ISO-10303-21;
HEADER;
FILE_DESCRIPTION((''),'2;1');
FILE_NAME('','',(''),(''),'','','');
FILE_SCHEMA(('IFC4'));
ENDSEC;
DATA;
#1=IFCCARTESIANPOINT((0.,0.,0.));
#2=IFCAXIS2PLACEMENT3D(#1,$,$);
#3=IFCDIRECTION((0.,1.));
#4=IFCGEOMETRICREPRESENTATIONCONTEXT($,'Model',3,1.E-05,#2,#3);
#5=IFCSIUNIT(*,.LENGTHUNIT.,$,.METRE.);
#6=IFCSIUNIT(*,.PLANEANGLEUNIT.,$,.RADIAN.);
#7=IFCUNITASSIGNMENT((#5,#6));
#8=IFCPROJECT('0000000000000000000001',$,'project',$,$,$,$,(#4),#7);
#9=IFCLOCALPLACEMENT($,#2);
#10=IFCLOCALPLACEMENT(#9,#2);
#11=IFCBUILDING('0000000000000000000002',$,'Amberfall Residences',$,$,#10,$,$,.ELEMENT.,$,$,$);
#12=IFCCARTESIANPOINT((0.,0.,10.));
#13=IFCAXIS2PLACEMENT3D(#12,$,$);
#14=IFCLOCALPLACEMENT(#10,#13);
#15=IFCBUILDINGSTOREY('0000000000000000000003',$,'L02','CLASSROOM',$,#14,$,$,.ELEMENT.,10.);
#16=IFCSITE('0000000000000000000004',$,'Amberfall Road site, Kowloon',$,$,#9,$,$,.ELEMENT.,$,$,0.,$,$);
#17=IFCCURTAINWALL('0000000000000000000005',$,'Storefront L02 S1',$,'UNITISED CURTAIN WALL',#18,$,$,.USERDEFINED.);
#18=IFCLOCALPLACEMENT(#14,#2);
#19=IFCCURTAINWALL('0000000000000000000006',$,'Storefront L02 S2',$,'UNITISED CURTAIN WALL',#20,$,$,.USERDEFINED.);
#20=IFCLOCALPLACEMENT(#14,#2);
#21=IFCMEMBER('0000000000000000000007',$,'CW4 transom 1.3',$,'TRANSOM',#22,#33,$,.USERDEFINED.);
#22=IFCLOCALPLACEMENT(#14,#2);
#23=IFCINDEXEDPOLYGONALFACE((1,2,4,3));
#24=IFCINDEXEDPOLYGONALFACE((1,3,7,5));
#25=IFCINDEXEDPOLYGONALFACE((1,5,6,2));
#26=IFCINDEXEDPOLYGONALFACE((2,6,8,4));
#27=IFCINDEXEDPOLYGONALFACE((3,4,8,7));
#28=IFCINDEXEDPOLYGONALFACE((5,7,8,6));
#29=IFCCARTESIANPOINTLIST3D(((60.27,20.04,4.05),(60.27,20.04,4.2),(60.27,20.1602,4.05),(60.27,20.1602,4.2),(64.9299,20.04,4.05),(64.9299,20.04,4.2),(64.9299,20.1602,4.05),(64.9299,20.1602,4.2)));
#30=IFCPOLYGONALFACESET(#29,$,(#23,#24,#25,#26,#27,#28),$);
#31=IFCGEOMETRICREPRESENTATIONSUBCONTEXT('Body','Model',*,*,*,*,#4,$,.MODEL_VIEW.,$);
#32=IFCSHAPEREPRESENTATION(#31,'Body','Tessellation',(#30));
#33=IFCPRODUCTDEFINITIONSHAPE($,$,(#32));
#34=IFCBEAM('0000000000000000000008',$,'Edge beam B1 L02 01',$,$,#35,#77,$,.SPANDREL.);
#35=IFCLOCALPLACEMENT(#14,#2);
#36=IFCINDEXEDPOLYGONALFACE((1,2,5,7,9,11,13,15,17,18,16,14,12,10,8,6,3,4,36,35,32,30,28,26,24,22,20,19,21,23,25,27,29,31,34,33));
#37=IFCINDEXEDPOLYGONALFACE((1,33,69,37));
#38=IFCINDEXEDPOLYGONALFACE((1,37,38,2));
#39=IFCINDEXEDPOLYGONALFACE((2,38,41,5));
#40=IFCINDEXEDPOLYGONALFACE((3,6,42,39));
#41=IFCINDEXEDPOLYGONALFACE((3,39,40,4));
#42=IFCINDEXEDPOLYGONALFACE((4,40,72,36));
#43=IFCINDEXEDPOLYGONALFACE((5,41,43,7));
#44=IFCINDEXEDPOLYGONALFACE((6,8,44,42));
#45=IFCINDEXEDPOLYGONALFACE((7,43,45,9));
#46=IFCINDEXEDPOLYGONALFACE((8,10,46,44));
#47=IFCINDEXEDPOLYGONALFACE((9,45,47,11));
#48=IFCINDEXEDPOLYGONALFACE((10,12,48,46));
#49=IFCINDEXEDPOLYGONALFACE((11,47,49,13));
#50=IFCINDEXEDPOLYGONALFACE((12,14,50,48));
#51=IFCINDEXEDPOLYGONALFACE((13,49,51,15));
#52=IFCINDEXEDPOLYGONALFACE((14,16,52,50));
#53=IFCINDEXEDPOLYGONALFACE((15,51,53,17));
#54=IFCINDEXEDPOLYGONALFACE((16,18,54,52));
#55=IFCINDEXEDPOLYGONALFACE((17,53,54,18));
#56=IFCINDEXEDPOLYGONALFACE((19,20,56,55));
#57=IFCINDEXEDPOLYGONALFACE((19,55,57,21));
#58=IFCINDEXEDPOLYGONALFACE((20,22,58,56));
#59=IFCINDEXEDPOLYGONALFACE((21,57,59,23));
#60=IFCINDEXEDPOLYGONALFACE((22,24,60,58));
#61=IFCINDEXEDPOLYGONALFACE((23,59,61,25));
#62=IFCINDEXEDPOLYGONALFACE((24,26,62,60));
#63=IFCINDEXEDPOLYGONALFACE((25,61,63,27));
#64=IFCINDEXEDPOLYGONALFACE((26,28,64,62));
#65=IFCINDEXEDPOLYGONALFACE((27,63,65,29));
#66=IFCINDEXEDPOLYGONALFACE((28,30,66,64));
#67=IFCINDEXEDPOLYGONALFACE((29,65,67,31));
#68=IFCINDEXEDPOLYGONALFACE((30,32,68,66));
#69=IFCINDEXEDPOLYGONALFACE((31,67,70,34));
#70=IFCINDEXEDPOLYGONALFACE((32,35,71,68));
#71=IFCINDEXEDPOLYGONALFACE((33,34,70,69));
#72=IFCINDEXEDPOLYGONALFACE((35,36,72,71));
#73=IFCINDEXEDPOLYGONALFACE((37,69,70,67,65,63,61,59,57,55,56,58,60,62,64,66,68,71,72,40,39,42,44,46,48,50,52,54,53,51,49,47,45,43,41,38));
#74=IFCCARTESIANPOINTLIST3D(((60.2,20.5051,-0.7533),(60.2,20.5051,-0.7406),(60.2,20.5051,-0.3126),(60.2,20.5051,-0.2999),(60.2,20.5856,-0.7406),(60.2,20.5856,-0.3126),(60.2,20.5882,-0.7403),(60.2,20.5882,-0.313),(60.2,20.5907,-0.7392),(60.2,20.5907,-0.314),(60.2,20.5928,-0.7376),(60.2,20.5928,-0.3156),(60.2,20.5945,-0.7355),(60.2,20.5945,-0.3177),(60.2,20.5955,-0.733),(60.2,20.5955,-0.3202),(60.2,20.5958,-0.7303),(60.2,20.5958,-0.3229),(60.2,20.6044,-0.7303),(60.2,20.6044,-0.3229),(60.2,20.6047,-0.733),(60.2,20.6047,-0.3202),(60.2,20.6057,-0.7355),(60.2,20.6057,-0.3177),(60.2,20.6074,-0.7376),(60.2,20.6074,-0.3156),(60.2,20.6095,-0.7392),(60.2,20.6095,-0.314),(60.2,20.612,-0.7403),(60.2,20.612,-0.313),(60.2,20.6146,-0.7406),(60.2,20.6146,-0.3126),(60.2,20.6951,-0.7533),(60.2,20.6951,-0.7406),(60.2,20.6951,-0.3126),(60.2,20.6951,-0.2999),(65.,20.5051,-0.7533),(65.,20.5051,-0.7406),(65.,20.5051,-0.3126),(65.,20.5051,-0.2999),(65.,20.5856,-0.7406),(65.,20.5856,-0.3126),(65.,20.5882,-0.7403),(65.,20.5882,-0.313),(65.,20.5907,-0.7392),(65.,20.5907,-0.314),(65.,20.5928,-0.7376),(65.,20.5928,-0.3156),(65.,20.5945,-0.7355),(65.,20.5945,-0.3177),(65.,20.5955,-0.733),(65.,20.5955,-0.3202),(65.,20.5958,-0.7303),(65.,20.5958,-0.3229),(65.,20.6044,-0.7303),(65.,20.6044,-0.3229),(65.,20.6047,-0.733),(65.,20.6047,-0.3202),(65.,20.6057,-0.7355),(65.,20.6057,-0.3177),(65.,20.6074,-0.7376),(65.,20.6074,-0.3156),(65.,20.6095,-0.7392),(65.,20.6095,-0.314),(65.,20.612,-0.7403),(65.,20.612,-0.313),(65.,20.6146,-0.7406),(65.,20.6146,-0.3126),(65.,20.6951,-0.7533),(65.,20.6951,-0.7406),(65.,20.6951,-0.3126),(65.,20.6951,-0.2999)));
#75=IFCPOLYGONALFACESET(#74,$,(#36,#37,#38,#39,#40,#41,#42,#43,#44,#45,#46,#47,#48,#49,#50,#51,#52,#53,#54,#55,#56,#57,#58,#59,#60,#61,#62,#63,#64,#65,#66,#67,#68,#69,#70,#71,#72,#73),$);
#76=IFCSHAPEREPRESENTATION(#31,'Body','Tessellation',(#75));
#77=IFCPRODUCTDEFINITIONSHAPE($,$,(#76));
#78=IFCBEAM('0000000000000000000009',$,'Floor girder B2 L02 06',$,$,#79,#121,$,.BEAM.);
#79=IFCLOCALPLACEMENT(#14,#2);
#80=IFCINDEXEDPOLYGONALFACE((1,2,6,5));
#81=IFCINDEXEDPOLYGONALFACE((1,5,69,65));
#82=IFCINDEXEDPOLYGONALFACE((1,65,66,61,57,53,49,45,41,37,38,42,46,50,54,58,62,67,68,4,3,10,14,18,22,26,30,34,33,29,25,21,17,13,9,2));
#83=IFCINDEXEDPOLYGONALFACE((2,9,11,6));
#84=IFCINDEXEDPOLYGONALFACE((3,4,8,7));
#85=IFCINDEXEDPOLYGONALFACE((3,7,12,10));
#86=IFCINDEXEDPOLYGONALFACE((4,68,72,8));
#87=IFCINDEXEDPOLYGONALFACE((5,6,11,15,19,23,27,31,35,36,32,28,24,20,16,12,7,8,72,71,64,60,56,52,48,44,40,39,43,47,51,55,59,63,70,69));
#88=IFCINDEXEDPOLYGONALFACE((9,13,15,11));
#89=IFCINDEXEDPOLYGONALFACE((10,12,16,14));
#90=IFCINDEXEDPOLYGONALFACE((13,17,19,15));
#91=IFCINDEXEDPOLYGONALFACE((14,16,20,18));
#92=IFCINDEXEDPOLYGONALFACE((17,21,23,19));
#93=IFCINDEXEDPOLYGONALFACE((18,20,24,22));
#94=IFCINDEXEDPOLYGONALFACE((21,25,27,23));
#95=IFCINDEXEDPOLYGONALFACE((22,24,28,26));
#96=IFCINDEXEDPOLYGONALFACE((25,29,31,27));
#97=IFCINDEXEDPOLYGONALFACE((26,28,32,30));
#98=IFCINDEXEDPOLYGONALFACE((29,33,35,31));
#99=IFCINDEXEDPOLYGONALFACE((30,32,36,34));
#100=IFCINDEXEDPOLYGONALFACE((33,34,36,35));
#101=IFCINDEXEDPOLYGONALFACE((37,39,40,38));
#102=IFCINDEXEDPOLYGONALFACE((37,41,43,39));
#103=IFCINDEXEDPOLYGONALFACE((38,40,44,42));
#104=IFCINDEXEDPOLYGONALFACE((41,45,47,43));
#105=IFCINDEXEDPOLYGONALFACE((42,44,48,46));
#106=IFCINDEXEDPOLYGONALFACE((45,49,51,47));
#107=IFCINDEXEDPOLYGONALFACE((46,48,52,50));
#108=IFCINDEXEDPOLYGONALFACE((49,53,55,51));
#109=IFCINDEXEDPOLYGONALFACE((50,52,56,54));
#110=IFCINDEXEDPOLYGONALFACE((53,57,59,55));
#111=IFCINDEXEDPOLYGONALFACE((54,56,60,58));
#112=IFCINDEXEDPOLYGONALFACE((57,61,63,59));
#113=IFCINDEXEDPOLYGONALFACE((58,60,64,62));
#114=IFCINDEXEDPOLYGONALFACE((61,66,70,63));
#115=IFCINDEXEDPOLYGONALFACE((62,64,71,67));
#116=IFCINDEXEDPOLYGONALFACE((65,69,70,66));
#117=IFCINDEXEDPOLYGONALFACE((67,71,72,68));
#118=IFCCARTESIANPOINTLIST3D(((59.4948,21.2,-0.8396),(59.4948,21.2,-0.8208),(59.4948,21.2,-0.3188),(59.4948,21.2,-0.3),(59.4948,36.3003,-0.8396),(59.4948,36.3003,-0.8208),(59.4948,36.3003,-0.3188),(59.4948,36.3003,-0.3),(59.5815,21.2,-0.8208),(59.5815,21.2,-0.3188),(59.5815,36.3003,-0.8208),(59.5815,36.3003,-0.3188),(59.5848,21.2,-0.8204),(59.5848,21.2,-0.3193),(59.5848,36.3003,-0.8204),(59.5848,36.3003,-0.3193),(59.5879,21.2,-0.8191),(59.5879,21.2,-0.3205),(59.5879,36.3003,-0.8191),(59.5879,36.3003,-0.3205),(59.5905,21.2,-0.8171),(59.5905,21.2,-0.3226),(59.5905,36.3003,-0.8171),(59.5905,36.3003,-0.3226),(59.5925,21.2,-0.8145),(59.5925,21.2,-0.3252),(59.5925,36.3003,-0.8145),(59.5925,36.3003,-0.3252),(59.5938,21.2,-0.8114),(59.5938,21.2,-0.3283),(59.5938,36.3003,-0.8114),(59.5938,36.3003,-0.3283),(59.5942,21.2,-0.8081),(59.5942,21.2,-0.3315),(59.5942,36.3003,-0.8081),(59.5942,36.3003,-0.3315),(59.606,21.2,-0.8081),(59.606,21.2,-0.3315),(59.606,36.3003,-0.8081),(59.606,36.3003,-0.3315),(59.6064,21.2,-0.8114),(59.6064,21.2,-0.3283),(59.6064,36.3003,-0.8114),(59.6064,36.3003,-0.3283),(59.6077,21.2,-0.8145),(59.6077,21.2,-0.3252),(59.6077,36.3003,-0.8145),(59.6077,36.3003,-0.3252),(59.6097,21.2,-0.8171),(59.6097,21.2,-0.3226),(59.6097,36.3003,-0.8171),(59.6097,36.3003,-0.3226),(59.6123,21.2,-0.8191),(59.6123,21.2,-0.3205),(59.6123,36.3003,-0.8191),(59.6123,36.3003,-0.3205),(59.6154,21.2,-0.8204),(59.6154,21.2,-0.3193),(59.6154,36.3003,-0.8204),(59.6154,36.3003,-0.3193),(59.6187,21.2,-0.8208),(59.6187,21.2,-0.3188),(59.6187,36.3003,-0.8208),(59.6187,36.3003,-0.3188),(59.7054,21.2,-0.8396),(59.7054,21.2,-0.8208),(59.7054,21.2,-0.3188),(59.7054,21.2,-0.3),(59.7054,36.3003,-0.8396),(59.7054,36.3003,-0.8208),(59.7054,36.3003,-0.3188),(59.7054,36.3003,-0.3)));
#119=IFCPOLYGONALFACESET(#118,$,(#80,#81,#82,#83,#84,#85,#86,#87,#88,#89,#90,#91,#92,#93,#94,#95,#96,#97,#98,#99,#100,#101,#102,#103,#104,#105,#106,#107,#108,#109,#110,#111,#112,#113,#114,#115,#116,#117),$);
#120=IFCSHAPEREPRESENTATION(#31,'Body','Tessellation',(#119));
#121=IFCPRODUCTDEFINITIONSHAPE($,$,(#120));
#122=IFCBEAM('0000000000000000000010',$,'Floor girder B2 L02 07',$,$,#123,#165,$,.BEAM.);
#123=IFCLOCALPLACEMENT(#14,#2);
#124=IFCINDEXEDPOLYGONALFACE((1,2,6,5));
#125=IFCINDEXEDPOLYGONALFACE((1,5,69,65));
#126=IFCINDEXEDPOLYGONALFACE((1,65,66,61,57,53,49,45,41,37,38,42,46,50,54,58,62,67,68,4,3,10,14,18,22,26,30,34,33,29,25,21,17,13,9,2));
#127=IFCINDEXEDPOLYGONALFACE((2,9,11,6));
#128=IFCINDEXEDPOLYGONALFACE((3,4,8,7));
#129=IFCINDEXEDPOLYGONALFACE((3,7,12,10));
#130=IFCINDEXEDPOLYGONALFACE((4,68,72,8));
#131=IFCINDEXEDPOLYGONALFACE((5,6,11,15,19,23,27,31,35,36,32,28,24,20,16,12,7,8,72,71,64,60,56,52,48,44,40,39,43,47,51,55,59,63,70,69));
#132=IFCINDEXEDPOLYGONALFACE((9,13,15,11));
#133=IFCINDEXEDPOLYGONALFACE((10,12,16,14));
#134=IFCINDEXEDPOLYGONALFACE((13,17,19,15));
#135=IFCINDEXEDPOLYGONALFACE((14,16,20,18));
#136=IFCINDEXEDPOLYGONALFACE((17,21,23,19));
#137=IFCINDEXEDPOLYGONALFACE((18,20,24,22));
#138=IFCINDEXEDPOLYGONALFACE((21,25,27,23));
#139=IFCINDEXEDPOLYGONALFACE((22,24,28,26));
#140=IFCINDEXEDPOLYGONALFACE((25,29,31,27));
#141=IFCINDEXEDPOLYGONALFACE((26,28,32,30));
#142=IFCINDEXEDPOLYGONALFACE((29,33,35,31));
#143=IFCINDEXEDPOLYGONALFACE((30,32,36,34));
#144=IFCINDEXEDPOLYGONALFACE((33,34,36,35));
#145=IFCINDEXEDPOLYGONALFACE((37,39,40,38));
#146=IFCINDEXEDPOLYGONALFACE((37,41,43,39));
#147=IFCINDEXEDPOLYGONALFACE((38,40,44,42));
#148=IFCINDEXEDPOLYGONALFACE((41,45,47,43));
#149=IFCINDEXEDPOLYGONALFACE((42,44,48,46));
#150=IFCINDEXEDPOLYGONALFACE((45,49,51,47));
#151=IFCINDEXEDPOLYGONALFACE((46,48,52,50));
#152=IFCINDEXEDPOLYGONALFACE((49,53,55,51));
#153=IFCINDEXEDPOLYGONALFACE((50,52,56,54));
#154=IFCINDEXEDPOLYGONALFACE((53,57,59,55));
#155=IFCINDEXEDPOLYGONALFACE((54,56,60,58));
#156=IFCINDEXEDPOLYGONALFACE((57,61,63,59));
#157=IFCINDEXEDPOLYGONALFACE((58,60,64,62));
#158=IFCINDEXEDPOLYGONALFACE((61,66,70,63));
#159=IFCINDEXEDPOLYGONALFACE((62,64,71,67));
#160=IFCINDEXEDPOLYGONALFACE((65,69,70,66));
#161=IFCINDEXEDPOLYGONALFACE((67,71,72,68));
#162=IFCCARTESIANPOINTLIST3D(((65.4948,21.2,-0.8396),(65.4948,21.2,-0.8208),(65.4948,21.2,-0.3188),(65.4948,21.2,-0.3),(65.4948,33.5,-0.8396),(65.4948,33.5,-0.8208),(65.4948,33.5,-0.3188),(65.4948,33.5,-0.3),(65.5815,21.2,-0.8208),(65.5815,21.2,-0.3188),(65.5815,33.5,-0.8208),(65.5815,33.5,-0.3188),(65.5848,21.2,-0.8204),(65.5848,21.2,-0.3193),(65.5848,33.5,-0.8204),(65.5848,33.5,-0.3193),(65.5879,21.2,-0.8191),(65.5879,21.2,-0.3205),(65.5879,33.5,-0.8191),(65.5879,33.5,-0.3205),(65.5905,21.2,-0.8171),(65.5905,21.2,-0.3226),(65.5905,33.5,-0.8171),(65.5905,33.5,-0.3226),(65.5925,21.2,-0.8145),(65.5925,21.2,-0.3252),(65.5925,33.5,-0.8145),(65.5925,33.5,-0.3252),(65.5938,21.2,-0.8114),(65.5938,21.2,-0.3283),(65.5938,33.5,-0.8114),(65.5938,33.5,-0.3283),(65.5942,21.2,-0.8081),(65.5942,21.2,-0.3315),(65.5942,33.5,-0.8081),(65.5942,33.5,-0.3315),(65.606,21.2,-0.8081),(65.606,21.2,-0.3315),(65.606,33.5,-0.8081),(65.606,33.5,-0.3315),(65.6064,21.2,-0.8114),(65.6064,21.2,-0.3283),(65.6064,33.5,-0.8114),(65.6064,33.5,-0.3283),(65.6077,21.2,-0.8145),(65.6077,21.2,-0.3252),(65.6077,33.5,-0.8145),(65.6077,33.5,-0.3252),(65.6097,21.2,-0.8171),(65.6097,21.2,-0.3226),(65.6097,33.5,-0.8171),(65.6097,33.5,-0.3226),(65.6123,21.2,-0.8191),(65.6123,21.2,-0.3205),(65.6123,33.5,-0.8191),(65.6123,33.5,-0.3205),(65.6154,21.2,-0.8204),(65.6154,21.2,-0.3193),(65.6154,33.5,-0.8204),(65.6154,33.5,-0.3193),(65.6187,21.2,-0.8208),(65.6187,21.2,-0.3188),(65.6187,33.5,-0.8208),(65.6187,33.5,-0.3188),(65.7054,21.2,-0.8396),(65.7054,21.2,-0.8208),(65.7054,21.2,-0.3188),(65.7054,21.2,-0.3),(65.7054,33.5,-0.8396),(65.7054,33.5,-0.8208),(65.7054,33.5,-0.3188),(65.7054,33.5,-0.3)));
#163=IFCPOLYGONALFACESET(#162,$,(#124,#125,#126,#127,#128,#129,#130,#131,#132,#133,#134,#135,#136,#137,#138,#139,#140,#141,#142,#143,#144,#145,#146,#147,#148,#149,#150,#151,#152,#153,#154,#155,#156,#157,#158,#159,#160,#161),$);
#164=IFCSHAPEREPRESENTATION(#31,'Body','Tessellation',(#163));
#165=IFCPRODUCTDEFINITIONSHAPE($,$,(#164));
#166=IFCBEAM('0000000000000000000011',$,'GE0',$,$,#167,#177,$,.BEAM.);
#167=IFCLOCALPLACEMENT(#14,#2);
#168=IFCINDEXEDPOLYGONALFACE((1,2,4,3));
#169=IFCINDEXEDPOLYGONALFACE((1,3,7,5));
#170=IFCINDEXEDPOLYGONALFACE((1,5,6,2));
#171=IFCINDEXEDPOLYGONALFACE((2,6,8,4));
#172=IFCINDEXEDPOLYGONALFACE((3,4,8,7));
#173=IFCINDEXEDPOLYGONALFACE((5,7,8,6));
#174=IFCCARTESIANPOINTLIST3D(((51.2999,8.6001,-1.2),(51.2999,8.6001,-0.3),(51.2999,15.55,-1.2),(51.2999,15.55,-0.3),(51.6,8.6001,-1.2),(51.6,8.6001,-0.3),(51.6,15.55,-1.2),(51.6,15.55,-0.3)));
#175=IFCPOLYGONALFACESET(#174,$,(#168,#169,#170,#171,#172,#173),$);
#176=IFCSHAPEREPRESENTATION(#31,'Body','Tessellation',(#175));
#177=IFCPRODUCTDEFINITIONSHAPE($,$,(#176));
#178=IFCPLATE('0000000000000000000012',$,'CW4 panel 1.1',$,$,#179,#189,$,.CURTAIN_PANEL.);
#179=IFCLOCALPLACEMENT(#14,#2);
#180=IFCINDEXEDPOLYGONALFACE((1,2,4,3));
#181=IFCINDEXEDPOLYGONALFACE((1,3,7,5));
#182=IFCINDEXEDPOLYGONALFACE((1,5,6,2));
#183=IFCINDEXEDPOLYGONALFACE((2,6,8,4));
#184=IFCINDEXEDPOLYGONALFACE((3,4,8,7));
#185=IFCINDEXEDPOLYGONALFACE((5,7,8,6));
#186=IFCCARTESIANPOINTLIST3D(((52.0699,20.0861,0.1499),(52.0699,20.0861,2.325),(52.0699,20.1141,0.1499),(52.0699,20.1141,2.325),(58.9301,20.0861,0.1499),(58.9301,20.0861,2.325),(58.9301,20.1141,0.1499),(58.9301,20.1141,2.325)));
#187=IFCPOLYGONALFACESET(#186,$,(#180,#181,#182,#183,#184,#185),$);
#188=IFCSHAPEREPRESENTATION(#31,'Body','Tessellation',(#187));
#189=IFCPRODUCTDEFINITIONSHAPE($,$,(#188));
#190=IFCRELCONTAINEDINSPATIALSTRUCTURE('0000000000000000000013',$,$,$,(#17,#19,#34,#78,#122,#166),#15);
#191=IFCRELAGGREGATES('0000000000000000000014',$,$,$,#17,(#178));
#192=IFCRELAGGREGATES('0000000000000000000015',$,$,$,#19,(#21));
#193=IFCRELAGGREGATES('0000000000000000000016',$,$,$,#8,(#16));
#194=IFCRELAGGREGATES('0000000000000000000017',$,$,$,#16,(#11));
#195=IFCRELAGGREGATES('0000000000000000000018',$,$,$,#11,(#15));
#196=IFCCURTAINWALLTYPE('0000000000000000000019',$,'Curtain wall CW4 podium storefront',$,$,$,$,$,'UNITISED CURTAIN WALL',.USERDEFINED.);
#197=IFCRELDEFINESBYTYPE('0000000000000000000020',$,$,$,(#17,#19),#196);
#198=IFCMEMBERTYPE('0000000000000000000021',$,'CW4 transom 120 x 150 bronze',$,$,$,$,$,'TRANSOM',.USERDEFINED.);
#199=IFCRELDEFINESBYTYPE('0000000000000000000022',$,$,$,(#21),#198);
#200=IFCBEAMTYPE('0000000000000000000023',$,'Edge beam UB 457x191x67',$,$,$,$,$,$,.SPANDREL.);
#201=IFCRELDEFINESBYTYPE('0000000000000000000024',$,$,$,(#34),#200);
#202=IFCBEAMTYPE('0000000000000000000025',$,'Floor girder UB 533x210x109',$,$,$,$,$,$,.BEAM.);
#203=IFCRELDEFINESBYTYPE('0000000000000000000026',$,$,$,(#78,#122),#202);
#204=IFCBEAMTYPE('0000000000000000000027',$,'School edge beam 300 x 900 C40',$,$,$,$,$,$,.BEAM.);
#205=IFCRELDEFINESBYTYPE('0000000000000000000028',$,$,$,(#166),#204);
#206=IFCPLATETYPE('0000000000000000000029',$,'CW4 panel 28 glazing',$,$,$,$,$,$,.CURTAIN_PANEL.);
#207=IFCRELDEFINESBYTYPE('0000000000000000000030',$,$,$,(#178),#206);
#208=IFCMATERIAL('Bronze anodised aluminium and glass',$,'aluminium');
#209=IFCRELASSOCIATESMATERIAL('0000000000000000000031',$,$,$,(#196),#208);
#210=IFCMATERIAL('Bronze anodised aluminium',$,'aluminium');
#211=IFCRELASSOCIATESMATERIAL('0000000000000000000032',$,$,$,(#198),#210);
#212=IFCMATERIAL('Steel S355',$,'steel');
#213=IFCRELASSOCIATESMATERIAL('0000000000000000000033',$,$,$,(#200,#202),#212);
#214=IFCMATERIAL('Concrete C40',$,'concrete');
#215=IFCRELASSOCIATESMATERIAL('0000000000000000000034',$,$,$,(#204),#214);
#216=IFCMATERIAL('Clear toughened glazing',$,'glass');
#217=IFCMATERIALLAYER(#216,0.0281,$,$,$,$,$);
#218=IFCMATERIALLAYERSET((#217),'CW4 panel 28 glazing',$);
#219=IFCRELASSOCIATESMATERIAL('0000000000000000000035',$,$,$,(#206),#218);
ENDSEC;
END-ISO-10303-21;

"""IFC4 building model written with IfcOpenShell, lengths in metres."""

from ifc_helpers import new_model, si_unit, direction, frame, origin, origin_2d, place, context, subcontext, project, spatial, rectangle, i_section, extrude, material, layer, layer_set, material_profile, profile_set, type_object, element, aggregate, save


model = new_model("IFC4")

# Units and contexts
model_context = context("Model", 3, precision=1e-05, world=origin(), true_north=direction((0.0, 1.0)))
body_context = subcontext(model_context, "Body", "Model", "MODEL_VIEW")
ifc_project = project(units=[si_unit("LENGTHUNIT", "METRE"), si_unit("PLANEANGLEUNIT", "RADIAN")], contexts=[model_context])

# Site, building, storey
site_placement = place(None, origin())
site = spatial("IfcSite", under=ifc_project, at=site_placement, Name="Amberfall Road site, Kowloon", CompositionType="ELEMENT", RefElevation=0.0)
building_placement = place(site_placement, origin())
building = spatial("IfcBuilding", under=site, at=building_placement, Name="Amberfall Residences", CompositionType="ELEMENT")
storey_placement = place(building_placement, frame((0.0, 0.0, 10.0)))
storey = spatial("IfcBuildingStorey", under=building, at=storey_placement, Name="L02", Description="CLASSROOM", CompositionType="ELEMENT", Elevation=10.0)

# Shared definitions
ifc_material_1 = material(Name="Concrete C40", Category="concrete")

# Curtain walls
ifc_material_2 = material(Name="Bronze anodised aluminium and glass", Category="aluminium")
curtain_wall_type = type_object("IfcCurtainWallType", Name="Curtain wall CW4 podium storefront", ElementType="UNITISED CURTAIN WALL", PredefinedType="USERDEFINED", material=ifc_material_2)
curtain_wall_1_placement = place(storey_placement, origin())
curtain_wall_1 = element("IfcCurtainWall", 1, at=curtain_wall_1_placement, inside=storey, type_object=curtain_wall_type, Name="Storefront L02 S1", ObjectType="UNITISED CURTAIN WALL", PredefinedType="USERDEFINED")
ifc_material_3 = material(Name="Bronze anodised aluminium", Category="aluminium")
curtain_wall_2_placement = place(storey_placement, origin())
curtain_wall_2 = element("IfcCurtainWall", 2, at=curtain_wall_2_placement, inside=storey, type_object=curtain_wall_type, Name="Storefront L02 S2", ObjectType="UNITISED CURTAIN WALL", PredefinedType="USERDEFINED")

# Member
ifc_material_profile_1 = material_profile(ifc_material_3, rectangle(XDim=0.1201, YDim=0.1499, at=origin_2d()), Name="CW4 transom 120 x 150 bronze")
ifc_profile_set_1 = profile_set([ifc_material_profile_1], Name="Bronze anodised aluminium")
member_type_1 = type_object("IfcMemberType", Name="CW4 transom 120 x 150 bronze", ElementType="TRANSOM", PredefinedType="USERDEFINED", material=ifc_profile_set_1)
member_1_placement = place(storey_placement, frame((60.27, 20.1001, 4.125), z_axis=(1.0, 0.0, 0.0), x_axis=(0.0, 1.0, 0.0)))
member_1 = element("IfcMember", 3, at=member_1_placement, type_object=member_type_1, Name="CW4 transom 1.3", ObjectType="TRANSOM", PredefinedType="USERDEFINED", context=body_context, shape_type="SweptSolid", body=[
    extrude(rectangle(XDim=0.1201, YDim=0.1499, at=origin_2d()), origin(), (0.0, 0.0, 1.0), 4.6599),
])

# Beams
ifc_material_4 = material(Name="Steel S355", Category="steel")
ifc_material_profile_2 = material_profile(ifc_material_4, i_section(OverallWidth=0.1899, OverallDepth=0.4534, WebThickness=0.0085, FlangeThickness=0.0127, FilletRadius=0.0103, at=origin_2d()), Name="UB 457x191x67")
ifc_profile_set_2 = profile_set([ifc_material_profile_2], Name="Steel S355")
beam_type_1 = type_object("IfcBeamType", Name="Edge beam UB 457x191x67", PredefinedType="SPANDREL", material=ifc_profile_set_2)
beam_1_placement = place(storey_placement, frame((60.2, 20.6001, -0.5266), z_axis=(1.0, 0.0, 0.0), x_axis=(0.0, 1.0, 0.0)))
element("IfcBeam", 4, at=beam_1_placement, inside=storey, type_object=beam_type_1, Name="Edge beam B1 L02 01", PredefinedType="SPANDREL", context=body_context, shape_type="SweptSolid", body=[
    extrude(i_section(OverallWidth=0.1899, OverallDepth=0.4534, WebThickness=0.0085, FlangeThickness=0.0127, FilletRadius=0.0103, at=origin_2d()), origin(), (0.0, 0.0, 1.0), 4.8),
])
ifc_material_profile_3 = material_profile(ifc_material_4, i_section(OverallWidth=0.2107, OverallDepth=0.5396, WebThickness=0.0117, FlangeThickness=0.0188, FilletRadius=0.0127, at=origin_2d()), Name="UB 533x210x109")
ifc_profile_set_3 = profile_set([ifc_material_profile_3], Name="Steel S355")
beam_type_2 = type_object("IfcBeamType", Name="Floor girder UB 533x210x109", PredefinedType="BEAM", material=ifc_profile_set_3)
beam_2_placement = place(storey_placement, frame((59.6001, 21.2, -0.5698), z_axis=(0.0, 1.0, 0.0), x_axis=(-1.0, 0.0, 0.0)))
element("IfcBeam", 5, at=beam_2_placement, inside=storey, type_object=beam_type_2, Name="Floor girder B2 L02 06", PredefinedType="BEAM", context=body_context, shape_type="SweptSolid", body=[
    extrude(i_section(OverallWidth=0.2107, OverallDepth=0.5396, WebThickness=0.0117, FlangeThickness=0.0188, FilletRadius=0.0127, at=origin_2d()), origin(), (0.0, 0.0, 1.0), 15.1003),
])
beam_3_placement = place(storey_placement, frame((65.6001, 21.2, -0.5698), z_axis=(0.0, 1.0, 0.0), x_axis=(-1.0, 0.0, 0.0)))
element("IfcBeam", 6, at=beam_3_placement, inside=storey, type_object=beam_type_2, Name="Floor girder B2 L02 07", PredefinedType="BEAM", context=body_context, shape_type="SweptSolid", body=[
    extrude(i_section(OverallWidth=0.2107, OverallDepth=0.5396, WebThickness=0.0117, FlangeThickness=0.0188, FilletRadius=0.0127, at=origin_2d()), origin(), (0.0, 0.0, 1.0), 12.3),
])
ifc_material_profile_4 = material_profile(ifc_material_1, rectangle(XDim=0.3, YDim=0.8999, at=origin_2d()), Name="School edge beam 300 x 900 C40")
ifc_profile_set_4 = profile_set([ifc_material_profile_4], Name="Concrete C40")
beam_type_3 = type_object("IfcBeamType", Name="School edge beam 300 x 900 C40", PredefinedType="BEAM", material=ifc_profile_set_4)
beam_4_placement = place(storey_placement, frame((51.45, 8.6001, -0.75), z_axis=(0.0, 1.0, 0.0), x_axis=(-1.0, 0.0, 0.0)))
element("IfcBeam", 7, at=beam_4_placement, inside=storey, type_object=beam_type_3, Name="GE0", PredefinedType="BEAM", context=body_context, shape_type="SweptSolid", body=[
    extrude(rectangle(XDim=0.3, YDim=0.8999, at=origin_2d()), origin(), (0.0, 0.0, 1.0), 6.95),
])

# Plate
ifc_material_5 = material(Name="Clear toughened glazing", Category="glass")
ifc_layer_1 = layer(ifc_material_5, 0.0281)
ifc_layer_set_1 = layer_set([ifc_layer_1], Name="CW4 panel 28 glazing")
plate_type = type_object("IfcPlateType", Name="CW4 panel 28 glazing", PredefinedType="CURTAIN_PANEL", material=ifc_layer_set_1)
plate_1_placement = place(storey_placement, frame((55.5, 20.1001, 0.1499), z_axis=(0.0, 0.0, 1.0), x_axis=(1.0, 0.0, 0.0)))
plate_1 = element("IfcPlate", 8, at=plate_1_placement, type_object=plate_type, Name="CW4 panel 1.1", PredefinedType="CURTAIN_PANEL", context=body_context, shape_type="SweptSolid", body=[
    extrude(rectangle(XDim=6.8601, YDim=0.0281, at=origin_2d()), origin(), (0.0, 0.0, 1.0), 2.175),
])
aggregate(curtain_wall_1, [plate_1])
aggregate(curtain_wall_2, [member_1])

save(model, "model.ifc")
